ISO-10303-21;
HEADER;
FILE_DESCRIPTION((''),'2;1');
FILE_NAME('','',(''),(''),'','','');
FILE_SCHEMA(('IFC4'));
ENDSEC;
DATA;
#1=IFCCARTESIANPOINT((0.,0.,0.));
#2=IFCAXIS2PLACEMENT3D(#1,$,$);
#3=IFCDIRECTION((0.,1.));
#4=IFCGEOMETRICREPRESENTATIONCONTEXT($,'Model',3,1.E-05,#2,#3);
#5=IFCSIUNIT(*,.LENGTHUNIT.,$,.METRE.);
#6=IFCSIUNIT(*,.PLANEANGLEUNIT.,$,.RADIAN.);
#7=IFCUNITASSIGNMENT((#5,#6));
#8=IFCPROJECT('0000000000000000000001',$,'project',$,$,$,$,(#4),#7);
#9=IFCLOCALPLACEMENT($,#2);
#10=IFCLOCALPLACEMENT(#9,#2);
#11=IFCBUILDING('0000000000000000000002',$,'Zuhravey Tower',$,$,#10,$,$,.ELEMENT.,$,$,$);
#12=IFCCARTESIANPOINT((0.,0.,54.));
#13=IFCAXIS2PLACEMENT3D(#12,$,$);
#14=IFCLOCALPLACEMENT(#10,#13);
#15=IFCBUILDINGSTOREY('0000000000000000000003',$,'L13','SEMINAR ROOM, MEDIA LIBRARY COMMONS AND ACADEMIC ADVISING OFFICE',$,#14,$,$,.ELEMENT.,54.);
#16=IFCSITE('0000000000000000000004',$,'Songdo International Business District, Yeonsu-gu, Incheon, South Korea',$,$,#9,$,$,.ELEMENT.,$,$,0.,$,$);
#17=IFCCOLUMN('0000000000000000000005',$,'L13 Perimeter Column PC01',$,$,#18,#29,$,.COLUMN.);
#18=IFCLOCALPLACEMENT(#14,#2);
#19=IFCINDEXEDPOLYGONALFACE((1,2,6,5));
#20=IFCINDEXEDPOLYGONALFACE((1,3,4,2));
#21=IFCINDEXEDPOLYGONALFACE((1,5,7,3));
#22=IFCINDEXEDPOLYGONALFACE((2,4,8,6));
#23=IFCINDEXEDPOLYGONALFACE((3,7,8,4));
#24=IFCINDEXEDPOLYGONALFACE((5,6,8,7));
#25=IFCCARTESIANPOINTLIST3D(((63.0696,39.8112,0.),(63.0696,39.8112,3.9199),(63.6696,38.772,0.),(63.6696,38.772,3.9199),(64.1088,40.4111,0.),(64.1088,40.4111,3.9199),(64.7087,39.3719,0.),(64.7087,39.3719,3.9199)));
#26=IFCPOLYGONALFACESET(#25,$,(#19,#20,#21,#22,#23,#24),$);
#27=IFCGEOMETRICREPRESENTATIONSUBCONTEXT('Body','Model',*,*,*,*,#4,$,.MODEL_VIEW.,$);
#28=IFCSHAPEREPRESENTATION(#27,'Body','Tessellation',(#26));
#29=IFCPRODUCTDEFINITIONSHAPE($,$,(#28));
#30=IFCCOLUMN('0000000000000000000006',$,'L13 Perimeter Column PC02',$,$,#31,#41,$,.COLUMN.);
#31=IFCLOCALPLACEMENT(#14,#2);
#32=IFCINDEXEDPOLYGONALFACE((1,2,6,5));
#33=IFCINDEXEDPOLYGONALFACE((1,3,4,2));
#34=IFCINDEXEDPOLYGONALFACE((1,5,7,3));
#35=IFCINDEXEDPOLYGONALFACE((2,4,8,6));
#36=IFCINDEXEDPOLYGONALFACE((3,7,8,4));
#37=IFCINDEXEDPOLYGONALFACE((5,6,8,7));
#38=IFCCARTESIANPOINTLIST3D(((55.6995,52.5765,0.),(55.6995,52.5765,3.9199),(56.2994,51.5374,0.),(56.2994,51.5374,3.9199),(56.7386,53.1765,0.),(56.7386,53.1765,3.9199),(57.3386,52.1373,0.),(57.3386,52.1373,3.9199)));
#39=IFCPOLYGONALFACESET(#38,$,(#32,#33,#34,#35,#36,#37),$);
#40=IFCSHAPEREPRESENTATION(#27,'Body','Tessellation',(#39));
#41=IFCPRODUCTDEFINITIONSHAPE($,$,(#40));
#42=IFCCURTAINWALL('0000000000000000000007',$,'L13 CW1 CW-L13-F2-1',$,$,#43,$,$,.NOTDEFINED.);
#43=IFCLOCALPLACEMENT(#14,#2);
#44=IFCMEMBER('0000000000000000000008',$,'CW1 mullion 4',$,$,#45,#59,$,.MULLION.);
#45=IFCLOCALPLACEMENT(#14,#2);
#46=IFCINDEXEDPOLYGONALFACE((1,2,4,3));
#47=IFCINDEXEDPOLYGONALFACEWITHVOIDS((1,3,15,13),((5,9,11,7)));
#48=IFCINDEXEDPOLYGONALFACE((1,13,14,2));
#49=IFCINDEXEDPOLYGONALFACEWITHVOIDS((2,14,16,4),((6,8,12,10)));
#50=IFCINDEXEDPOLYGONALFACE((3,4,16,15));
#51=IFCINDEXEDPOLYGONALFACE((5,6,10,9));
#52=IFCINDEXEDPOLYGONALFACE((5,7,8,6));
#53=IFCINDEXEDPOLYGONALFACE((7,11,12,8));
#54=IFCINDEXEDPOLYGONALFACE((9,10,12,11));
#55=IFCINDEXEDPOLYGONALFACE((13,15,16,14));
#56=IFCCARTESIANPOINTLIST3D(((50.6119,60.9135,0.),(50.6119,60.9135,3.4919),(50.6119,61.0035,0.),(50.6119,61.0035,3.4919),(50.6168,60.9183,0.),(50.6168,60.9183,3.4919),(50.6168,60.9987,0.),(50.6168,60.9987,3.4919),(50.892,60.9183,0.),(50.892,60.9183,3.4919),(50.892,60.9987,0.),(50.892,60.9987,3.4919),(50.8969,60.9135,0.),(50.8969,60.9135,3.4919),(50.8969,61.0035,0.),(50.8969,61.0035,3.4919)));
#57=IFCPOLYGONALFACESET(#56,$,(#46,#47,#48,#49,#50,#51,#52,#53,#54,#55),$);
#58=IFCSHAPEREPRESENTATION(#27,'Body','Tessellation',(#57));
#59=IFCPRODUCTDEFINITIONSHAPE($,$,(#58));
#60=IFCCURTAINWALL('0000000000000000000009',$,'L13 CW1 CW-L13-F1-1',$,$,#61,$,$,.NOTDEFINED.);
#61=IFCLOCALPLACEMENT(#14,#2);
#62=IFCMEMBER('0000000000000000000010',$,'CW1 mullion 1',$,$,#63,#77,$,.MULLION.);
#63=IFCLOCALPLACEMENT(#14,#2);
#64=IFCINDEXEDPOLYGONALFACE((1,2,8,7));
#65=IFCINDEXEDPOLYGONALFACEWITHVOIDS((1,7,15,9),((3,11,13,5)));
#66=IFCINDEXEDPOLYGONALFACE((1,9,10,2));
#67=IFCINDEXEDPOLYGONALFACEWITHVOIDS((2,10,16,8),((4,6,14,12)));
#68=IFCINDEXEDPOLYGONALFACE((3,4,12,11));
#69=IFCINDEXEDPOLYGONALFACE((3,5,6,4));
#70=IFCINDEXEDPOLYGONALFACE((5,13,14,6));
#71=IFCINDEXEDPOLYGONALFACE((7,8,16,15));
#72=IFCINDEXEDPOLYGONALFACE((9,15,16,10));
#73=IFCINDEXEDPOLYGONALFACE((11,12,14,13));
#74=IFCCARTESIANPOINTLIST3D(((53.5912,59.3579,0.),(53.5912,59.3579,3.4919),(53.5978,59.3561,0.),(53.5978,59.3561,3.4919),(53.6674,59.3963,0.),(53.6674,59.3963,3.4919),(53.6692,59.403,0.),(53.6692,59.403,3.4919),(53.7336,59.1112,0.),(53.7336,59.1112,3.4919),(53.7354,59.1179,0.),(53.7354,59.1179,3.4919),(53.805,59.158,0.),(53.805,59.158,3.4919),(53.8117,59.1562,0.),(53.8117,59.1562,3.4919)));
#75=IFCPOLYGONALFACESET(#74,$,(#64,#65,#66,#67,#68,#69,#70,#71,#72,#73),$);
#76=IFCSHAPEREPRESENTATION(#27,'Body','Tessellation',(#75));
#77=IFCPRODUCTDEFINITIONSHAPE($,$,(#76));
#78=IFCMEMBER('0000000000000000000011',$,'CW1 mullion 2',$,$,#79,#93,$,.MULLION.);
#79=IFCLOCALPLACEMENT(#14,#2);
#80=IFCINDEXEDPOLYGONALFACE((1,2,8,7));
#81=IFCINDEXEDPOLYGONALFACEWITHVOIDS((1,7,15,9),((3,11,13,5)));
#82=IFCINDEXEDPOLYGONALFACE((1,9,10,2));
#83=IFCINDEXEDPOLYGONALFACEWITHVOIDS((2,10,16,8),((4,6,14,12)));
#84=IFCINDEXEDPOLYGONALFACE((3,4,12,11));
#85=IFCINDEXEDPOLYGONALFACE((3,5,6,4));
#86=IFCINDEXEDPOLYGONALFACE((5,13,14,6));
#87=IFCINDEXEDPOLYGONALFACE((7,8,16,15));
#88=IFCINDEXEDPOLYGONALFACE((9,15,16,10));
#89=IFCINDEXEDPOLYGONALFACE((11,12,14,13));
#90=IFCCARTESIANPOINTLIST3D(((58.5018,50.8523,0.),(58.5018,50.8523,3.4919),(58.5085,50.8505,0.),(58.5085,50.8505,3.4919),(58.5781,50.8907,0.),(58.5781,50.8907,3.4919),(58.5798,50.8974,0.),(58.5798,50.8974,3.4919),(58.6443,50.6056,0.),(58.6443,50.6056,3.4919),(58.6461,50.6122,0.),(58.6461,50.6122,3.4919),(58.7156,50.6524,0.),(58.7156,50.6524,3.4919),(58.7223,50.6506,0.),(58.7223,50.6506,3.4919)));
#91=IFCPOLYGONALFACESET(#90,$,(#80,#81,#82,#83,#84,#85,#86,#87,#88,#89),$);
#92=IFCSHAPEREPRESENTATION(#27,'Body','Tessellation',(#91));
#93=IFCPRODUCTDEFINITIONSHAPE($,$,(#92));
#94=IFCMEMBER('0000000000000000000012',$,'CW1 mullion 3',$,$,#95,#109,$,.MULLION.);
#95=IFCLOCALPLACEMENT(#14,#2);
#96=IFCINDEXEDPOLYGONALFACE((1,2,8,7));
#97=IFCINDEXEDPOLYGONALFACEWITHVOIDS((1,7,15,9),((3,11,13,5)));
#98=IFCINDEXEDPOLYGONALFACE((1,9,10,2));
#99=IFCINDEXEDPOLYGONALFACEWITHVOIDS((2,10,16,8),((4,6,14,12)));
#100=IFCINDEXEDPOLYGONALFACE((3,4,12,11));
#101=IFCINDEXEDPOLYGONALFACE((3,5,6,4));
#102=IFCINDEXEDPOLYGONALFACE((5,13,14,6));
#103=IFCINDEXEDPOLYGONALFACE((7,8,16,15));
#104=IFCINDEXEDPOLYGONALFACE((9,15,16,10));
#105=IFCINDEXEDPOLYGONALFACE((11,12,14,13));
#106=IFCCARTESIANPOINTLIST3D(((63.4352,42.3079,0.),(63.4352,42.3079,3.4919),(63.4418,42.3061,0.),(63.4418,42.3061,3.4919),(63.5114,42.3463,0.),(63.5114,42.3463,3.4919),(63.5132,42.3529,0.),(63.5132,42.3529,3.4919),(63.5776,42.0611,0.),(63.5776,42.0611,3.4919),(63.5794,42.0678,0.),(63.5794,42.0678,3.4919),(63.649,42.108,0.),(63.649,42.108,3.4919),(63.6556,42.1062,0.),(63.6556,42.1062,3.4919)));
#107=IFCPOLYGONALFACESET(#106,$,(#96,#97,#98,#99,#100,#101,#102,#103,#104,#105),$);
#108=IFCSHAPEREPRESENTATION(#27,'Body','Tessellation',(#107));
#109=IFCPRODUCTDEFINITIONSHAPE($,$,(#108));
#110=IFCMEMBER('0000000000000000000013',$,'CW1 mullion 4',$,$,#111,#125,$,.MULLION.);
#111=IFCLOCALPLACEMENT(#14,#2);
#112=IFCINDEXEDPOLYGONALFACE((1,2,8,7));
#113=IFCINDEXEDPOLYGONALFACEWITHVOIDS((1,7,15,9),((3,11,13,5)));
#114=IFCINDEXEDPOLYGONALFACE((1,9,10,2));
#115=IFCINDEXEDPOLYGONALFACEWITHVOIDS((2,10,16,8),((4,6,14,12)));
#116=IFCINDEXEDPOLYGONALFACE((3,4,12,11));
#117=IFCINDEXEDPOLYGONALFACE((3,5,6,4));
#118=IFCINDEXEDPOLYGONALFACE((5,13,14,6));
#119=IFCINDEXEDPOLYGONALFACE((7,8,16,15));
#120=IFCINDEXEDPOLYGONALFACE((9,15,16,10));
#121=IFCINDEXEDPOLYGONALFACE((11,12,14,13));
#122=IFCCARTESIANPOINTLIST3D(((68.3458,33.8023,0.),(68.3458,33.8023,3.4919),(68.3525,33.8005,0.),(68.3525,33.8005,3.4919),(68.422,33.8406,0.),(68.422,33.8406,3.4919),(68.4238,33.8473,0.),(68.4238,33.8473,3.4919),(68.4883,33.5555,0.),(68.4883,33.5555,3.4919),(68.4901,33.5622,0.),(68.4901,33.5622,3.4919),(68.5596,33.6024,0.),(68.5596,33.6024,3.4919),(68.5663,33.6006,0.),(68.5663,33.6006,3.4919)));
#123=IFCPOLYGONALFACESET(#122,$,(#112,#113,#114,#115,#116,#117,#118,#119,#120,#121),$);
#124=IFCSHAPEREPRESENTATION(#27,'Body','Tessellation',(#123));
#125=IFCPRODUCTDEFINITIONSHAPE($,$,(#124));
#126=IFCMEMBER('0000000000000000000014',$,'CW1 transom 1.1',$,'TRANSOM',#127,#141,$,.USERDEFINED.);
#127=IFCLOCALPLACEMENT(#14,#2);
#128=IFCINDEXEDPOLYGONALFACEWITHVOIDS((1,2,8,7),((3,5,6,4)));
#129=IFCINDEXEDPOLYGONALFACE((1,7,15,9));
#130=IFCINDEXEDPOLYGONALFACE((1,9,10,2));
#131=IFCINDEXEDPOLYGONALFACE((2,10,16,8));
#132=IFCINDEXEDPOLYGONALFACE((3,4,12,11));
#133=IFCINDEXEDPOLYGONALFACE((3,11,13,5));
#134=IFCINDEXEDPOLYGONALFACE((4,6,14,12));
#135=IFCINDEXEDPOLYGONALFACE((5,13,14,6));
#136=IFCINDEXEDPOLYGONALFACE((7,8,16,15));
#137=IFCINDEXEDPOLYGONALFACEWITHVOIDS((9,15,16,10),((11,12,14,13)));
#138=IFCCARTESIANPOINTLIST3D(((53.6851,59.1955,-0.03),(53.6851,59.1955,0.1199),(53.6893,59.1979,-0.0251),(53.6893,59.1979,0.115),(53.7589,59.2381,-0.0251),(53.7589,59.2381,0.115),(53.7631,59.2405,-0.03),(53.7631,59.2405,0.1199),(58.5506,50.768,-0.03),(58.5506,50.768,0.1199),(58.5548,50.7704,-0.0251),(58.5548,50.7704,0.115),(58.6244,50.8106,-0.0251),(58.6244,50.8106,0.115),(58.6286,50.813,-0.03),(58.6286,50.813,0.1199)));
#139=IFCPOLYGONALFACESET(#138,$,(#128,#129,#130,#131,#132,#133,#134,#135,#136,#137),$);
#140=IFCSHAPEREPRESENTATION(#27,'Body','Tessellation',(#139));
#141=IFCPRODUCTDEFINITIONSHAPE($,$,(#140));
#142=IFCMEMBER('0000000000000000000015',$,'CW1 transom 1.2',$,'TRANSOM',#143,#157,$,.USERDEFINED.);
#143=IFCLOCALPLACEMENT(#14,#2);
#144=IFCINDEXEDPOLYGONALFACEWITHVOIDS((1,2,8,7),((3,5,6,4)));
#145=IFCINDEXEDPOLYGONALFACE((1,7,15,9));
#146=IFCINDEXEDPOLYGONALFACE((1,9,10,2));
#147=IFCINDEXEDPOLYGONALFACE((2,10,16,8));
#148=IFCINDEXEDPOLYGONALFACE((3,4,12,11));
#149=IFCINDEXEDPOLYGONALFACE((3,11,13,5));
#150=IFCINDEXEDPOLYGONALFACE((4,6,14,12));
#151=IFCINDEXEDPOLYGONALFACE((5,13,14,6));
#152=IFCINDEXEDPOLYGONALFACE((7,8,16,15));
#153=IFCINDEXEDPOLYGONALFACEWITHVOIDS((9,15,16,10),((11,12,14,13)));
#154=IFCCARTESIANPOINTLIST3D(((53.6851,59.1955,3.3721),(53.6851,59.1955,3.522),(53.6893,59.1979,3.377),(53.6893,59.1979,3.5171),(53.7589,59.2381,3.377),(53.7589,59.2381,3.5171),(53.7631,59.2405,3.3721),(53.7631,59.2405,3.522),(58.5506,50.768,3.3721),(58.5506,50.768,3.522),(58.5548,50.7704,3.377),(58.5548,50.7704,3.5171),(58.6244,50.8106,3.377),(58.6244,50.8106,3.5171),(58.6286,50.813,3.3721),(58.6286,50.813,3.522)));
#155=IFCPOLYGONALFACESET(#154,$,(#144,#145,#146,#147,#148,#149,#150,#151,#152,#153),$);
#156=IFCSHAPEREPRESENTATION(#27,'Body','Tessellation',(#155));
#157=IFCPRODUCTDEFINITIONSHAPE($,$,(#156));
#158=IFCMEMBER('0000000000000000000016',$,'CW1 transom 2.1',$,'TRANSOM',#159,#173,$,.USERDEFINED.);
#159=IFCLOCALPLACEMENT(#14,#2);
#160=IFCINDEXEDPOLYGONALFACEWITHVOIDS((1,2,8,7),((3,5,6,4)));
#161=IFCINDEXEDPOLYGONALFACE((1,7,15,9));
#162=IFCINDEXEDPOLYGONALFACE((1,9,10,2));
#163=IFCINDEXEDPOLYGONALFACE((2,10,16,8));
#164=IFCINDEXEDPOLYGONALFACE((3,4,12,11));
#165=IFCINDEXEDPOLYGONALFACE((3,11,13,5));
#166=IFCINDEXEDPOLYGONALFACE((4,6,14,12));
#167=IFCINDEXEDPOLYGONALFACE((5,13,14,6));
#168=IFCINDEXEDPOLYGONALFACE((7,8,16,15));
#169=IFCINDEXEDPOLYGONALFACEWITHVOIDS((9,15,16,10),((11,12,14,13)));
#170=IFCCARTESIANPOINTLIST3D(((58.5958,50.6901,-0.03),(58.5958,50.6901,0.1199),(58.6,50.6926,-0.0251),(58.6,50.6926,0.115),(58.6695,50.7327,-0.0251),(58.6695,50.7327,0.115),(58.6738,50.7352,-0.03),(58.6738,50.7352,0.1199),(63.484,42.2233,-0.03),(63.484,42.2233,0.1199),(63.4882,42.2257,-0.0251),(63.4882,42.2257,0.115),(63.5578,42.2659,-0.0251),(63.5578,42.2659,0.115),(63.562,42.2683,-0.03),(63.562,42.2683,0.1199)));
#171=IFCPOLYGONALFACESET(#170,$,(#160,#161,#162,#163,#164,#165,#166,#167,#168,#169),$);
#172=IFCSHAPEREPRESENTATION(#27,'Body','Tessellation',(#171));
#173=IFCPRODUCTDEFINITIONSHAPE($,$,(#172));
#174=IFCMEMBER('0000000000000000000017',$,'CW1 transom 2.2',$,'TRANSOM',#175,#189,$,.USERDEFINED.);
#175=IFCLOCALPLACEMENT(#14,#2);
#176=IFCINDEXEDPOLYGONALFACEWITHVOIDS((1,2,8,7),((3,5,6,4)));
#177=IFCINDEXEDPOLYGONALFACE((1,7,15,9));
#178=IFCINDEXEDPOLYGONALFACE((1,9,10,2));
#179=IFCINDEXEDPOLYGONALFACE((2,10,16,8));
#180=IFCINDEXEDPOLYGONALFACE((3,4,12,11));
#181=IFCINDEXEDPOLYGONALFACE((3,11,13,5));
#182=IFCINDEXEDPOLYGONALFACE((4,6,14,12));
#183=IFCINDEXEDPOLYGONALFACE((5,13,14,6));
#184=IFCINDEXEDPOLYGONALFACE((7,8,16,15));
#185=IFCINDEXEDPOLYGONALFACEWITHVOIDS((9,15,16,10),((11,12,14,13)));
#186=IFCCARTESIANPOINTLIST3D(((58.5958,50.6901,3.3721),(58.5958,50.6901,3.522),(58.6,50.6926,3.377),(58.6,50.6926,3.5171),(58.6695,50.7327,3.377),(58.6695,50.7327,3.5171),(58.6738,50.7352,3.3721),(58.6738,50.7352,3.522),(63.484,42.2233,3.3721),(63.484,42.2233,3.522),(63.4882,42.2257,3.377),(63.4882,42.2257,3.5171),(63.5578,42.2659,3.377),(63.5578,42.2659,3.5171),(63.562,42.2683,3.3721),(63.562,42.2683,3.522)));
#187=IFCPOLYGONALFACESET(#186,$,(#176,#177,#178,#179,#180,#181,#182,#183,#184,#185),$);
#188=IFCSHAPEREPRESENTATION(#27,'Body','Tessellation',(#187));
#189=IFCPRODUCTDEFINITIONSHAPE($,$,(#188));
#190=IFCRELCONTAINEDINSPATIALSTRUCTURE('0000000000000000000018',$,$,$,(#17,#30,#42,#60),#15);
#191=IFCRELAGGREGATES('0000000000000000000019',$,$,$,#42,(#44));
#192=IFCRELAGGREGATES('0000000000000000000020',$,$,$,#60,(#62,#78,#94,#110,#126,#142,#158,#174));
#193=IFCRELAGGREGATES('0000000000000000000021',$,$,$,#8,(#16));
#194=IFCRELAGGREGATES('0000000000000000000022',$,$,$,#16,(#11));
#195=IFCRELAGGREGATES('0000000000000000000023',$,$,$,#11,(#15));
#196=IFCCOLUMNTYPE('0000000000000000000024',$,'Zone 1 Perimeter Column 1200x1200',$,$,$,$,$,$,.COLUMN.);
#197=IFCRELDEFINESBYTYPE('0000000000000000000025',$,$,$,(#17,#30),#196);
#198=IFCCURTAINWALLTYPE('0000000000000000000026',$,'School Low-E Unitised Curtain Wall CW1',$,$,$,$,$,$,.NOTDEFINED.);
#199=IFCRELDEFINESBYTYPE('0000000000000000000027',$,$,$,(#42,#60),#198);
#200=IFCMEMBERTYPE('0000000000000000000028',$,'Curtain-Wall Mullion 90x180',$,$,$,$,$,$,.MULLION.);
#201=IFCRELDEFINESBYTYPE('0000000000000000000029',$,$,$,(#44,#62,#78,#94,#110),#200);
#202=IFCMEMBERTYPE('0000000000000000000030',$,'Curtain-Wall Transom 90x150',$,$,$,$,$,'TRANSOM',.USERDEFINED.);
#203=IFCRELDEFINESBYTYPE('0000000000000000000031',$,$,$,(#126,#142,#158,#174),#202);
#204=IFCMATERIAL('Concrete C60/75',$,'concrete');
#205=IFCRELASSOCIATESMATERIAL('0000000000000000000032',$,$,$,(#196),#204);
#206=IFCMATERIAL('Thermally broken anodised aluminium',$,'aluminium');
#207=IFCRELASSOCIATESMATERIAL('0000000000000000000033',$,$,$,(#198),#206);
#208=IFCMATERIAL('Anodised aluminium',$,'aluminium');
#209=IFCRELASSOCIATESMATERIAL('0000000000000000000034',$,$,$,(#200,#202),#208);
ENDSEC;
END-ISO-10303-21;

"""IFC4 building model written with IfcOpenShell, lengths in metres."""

from ifc_helpers import new_model, si_unit, direction, frame, origin, origin_2d, place, context, subcontext, project, spatial, rectangle, hollow_rectangle, extrude, material, material_profile, profile_set, type_object, element, aggregate, save


model = new_model("IFC4")

# Units and contexts
model_context = context("Model", 3, precision=1e-05, world=origin(), true_north=direction((0.0, 1.0)))
body_context = subcontext(model_context, "Body", "Model", "MODEL_VIEW")
ifc_project = project(units=[si_unit("LENGTHUNIT", "METRE"), si_unit("PLANEANGLEUNIT", "RADIAN")], contexts=[model_context])

# Site, building, storey
site_placement = place(None, origin())
site = spatial("IfcSite", under=ifc_project, at=site_placement, Name="Songdo International Business District, Yeonsu-gu, Incheon, South Korea", CompositionType="ELEMENT", RefElevation=0.0)
building_placement = place(site_placement, origin())
building = spatial("IfcBuilding", under=site, at=building_placement, Name="Zuhravey Tower", CompositionType="ELEMENT")
storey_placement = place(building_placement, frame((0.0, 0.0, 54.0)))
storey = spatial("IfcBuildingStorey", under=building, at=storey_placement, Name="L13", Description="SEMINAR ROOM, MEDIA LIBRARY COMMONS AND ACADEMIC ADVISING OFFICE", CompositionType="ELEMENT", Elevation=54.0)

# Columns
ifc_material_1 = material(Name="Concrete C60/75", Category="concrete")
ifc_material_profile_1 = material_profile(ifc_material_1, rectangle(XDim=1.2, YDim=1.2, at=origin_2d()), Name="RC-1200x1200")
ifc_profile_set_1 = profile_set([ifc_material_profile_1], Name="Concrete C60/75")
column_type = type_object("IfcColumnType", Name="Zone 1 Perimeter Column 1200x1200", PredefinedType="COLUMN", material=ifc_profile_set_1)
for number, where, z_axis, x_axis, name in (
    (1, (63.8892, 39.5916, 0.0), (0.0, 0.0, 1.0), (-0.5, 0.866025, 0.0), "L13 Perimeter Column PC01"),
    (2, (56.519, 52.3569, 0.0), (0.0, 0.0, 1.0), (-0.5, 0.866025, 0.0), "L13 Perimeter Column PC02"),
):
    element("IfcColumn", number, at=place(storey_placement, frame(where, z_axis=z_axis, x_axis=x_axis)), inside=storey, type_object=column_type, Name=name, PredefinedType="COLUMN", context=body_context, shape_type="SweptSolid", body=[
        extrude(rectangle(XDim=1.2, YDim=1.2, at=origin_2d()), origin(), (0.0, 0.0, 1.0), 3.9199),
    ])

# Curtain wall, member
ifc_material_2 = material(Name="Thermally broken anodised aluminium", Category="aluminium")
curtain_wall_type = type_object("IfcCurtainWallType", Name="School Low-E Unitised Curtain Wall CW1", PredefinedType="NOTDEFINED", material=ifc_material_2)
curtain_wall_1_placement = place(storey_placement, origin())
curtain_wall_1 = element("IfcCurtainWall", 3, at=curtain_wall_1_placement, inside=storey, type_object=curtain_wall_type, Name="L13 CW1 CW-L13-F2-1", PredefinedType="NOTDEFINED")
ifc_material_3 = material(Name="Anodised aluminium", Category="aluminium")
ifc_material_profile_2 = material_profile(ifc_material_3, hollow_rectangle(XDim=0.0901, YDim=0.2849, WallThickness=0.0049, at=origin_2d()), Name="ALU-RHS-90x285x5")
ifc_profile_set_2 = profile_set([ifc_material_profile_2], Name="Anodised aluminium")
member_type_1 = type_object("IfcMemberType", Name="Curtain-Wall Mullion 90x180", PredefinedType="MULLION", material=ifc_profile_set_2)
member_1_placement = place(storey_placement, frame((50.7544, 60.9585, 0.0), z_axis=(0.0, 0.0, 1.0), x_axis=(0.0, 1.0, 0.0)))
member_1 = element("IfcMember", 4, at=member_1_placement, type_object=member_type_1, Name="CW1 mullion 4", PredefinedType="MULLION", context=body_context, shape_type="SweptSolid", body=[
    extrude(hollow_rectangle(XDim=0.0901, YDim=0.2849, WallThickness=0.0049, at=origin_2d()), origin(), (0.0, 0.0, 1.0), 3.4919),
])
aggregate(curtain_wall_1, [member_1])

# Curtain wall, members
curtain_wall_2_placement = place(storey_placement, origin())
curtain_wall_2 = element("IfcCurtainWall", 5, at=curtain_wall_2_placement, inside=storey, type_object=curtain_wall_type, Name="L13 CW1 CW-L13-F1-1", PredefinedType="NOTDEFINED")
member_2_placement = place(storey_placement, frame((53.7014, 59.2571, 0.0), z_axis=(0.0, 0.0, 1.0), x_axis=(0.866026, 0.5, 0.0)))
member_2 = element("IfcMember", 6, at=member_2_placement, type_object=member_type_1, Name="CW1 mullion 1", PredefinedType="MULLION", context=body_context, shape_type="SweptSolid", body=[
    extrude(hollow_rectangle(XDim=0.0901, YDim=0.2849, WallThickness=0.0049, at=origin_2d()), origin(), (0.0, 0.0, 1.0), 3.4919),
])
member_3_placement = place(storey_placement, frame((58.6121, 50.7515, 0.0), z_axis=(0.0, 0.0, 1.0), x_axis=(0.866026, 0.5, 0.0)))
member_3 = element("IfcMember", 7, at=member_3_placement, type_object=member_type_1, Name="CW1 mullion 2", PredefinedType="MULLION", context=body_context, shape_type="SweptSolid", body=[
    extrude(hollow_rectangle(XDim=0.0901, YDim=0.2849, WallThickness=0.0049, at=origin_2d()), origin(), (0.0, 0.0, 1.0), 3.4919),
])
member_4_placement = place(storey_placement, frame((63.5454, 42.207, 0.0), z_axis=(0.0, 0.0, 1.0), x_axis=(0.866026, 0.5, 0.0)))
member_4 = element("IfcMember", 8, at=member_4_placement, type_object=member_type_1, Name="CW1 mullion 3", PredefinedType="MULLION", context=body_context, shape_type="SweptSolid", body=[
    extrude(hollow_rectangle(XDim=0.0901, YDim=0.2849, WallThickness=0.0049, at=origin_2d()), origin(), (0.0, 0.0, 1.0), 3.4919),
])
member_5_placement = place(storey_placement, frame((68.4561, 33.7014, 0.0), z_axis=(0.0, 0.0, 1.0), x_axis=(0.866026, 0.5, 0.0)))
member_5 = element("IfcMember", 9, at=member_5_placement, type_object=member_type_1, Name="CW1 mullion 4", PredefinedType="MULLION", context=body_context, shape_type="SweptSolid", body=[
    extrude(hollow_rectangle(XDim=0.0901, YDim=0.2849, WallThickness=0.0049, at=origin_2d()), origin(), (0.0, 0.0, 1.0), 3.4919),
])
ifc_material_profile_3 = material_profile(ifc_material_3, hollow_rectangle(XDim=0.0901, YDim=0.1499, WallThickness=0.0049, at=origin_2d()), Name="ALU-RHS-90x150x5")
ifc_profile_set_3 = profile_set([ifc_material_profile_3], Name="Anodised aluminium")
member_type_2 = type_object("IfcMemberType", Name="Curtain-Wall Transom 90x150", ElementType="TRANSOM", PredefinedType="USERDEFINED", material=ifc_profile_set_3)
member_6_placement = place(storey_placement, frame((53.7241, 59.218, 0.0449), z_axis=(0.49999, -0.866031, 0.0), x_axis=(0.866031, 0.49999, 0.0)))
member_6 = element("IfcMember", 10, at=member_6_placement, type_object=member_type_2, Name="CW1 transom 1.1", ObjectType="TRANSOM", PredefinedType="USERDEFINED", context=body_context, shape_type="SweptSolid", body=[
    extrude(hollow_rectangle(XDim=0.0901, YDim=0.1499, WallThickness=0.0049, at=origin_2d()), origin(), (0.0, 0.0, 1.0), 9.7312),
])
member_7_placement = place(storey_placement, frame((53.7241, 59.218, 3.447), z_axis=(0.49999, -0.866031, 0.0), x_axis=(0.866031, 0.49999, 0.0)))
member_7 = element("IfcMember", 11, at=member_7_placement, type_object=member_type_2, Name="CW1 transom 1.2", ObjectType="TRANSOM", PredefinedType="USERDEFINED", context=body_context, shape_type="SweptSolid", body=[
    extrude(hollow_rectangle(XDim=0.0901, YDim=0.1499, WallThickness=0.0049, at=origin_2d()), origin(), (0.0, 0.0, 1.0), 9.7312),
])
member_8_placement = place(storey_placement, frame((58.6348, 50.7126, 0.0449), z_axis=(0.49999, -0.866031, 0.0), x_axis=(0.866031, 0.49999, 0.0)))
member_8 = element("IfcMember", 12, at=member_8_placement, type_object=member_type_2, Name="CW1 transom 2.1", ObjectType="TRANSOM", PredefinedType="USERDEFINED", context=body_context, shape_type="SweptSolid", body=[
    extrude(hollow_rectangle(XDim=0.0901, YDim=0.1499, WallThickness=0.0049, at=origin_2d()), origin(), (0.0, 0.0, 1.0), 9.7766),
])
member_9_placement = place(storey_placement, frame((58.6348, 50.7126, 3.447), z_axis=(0.49999, -0.866031, 0.0), x_axis=(0.866031, 0.49999, 0.0)))
member_9 = element("IfcMember", 13, at=member_9_placement, type_object=member_type_2, Name="CW1 transom 2.2", ObjectType="TRANSOM", PredefinedType="USERDEFINED", context=body_context, shape_type="SweptSolid", body=[
    extrude(hollow_rectangle(XDim=0.0901, YDim=0.1499, WallThickness=0.0049, at=origin_2d()), origin(), (0.0, 0.0, 1.0), 9.7766),
])

aggregate(curtain_wall_2, [member_2, member_3, member_4, member_5, member_6, member_7, member_8, member_9])

save(model, "model.ifc")
